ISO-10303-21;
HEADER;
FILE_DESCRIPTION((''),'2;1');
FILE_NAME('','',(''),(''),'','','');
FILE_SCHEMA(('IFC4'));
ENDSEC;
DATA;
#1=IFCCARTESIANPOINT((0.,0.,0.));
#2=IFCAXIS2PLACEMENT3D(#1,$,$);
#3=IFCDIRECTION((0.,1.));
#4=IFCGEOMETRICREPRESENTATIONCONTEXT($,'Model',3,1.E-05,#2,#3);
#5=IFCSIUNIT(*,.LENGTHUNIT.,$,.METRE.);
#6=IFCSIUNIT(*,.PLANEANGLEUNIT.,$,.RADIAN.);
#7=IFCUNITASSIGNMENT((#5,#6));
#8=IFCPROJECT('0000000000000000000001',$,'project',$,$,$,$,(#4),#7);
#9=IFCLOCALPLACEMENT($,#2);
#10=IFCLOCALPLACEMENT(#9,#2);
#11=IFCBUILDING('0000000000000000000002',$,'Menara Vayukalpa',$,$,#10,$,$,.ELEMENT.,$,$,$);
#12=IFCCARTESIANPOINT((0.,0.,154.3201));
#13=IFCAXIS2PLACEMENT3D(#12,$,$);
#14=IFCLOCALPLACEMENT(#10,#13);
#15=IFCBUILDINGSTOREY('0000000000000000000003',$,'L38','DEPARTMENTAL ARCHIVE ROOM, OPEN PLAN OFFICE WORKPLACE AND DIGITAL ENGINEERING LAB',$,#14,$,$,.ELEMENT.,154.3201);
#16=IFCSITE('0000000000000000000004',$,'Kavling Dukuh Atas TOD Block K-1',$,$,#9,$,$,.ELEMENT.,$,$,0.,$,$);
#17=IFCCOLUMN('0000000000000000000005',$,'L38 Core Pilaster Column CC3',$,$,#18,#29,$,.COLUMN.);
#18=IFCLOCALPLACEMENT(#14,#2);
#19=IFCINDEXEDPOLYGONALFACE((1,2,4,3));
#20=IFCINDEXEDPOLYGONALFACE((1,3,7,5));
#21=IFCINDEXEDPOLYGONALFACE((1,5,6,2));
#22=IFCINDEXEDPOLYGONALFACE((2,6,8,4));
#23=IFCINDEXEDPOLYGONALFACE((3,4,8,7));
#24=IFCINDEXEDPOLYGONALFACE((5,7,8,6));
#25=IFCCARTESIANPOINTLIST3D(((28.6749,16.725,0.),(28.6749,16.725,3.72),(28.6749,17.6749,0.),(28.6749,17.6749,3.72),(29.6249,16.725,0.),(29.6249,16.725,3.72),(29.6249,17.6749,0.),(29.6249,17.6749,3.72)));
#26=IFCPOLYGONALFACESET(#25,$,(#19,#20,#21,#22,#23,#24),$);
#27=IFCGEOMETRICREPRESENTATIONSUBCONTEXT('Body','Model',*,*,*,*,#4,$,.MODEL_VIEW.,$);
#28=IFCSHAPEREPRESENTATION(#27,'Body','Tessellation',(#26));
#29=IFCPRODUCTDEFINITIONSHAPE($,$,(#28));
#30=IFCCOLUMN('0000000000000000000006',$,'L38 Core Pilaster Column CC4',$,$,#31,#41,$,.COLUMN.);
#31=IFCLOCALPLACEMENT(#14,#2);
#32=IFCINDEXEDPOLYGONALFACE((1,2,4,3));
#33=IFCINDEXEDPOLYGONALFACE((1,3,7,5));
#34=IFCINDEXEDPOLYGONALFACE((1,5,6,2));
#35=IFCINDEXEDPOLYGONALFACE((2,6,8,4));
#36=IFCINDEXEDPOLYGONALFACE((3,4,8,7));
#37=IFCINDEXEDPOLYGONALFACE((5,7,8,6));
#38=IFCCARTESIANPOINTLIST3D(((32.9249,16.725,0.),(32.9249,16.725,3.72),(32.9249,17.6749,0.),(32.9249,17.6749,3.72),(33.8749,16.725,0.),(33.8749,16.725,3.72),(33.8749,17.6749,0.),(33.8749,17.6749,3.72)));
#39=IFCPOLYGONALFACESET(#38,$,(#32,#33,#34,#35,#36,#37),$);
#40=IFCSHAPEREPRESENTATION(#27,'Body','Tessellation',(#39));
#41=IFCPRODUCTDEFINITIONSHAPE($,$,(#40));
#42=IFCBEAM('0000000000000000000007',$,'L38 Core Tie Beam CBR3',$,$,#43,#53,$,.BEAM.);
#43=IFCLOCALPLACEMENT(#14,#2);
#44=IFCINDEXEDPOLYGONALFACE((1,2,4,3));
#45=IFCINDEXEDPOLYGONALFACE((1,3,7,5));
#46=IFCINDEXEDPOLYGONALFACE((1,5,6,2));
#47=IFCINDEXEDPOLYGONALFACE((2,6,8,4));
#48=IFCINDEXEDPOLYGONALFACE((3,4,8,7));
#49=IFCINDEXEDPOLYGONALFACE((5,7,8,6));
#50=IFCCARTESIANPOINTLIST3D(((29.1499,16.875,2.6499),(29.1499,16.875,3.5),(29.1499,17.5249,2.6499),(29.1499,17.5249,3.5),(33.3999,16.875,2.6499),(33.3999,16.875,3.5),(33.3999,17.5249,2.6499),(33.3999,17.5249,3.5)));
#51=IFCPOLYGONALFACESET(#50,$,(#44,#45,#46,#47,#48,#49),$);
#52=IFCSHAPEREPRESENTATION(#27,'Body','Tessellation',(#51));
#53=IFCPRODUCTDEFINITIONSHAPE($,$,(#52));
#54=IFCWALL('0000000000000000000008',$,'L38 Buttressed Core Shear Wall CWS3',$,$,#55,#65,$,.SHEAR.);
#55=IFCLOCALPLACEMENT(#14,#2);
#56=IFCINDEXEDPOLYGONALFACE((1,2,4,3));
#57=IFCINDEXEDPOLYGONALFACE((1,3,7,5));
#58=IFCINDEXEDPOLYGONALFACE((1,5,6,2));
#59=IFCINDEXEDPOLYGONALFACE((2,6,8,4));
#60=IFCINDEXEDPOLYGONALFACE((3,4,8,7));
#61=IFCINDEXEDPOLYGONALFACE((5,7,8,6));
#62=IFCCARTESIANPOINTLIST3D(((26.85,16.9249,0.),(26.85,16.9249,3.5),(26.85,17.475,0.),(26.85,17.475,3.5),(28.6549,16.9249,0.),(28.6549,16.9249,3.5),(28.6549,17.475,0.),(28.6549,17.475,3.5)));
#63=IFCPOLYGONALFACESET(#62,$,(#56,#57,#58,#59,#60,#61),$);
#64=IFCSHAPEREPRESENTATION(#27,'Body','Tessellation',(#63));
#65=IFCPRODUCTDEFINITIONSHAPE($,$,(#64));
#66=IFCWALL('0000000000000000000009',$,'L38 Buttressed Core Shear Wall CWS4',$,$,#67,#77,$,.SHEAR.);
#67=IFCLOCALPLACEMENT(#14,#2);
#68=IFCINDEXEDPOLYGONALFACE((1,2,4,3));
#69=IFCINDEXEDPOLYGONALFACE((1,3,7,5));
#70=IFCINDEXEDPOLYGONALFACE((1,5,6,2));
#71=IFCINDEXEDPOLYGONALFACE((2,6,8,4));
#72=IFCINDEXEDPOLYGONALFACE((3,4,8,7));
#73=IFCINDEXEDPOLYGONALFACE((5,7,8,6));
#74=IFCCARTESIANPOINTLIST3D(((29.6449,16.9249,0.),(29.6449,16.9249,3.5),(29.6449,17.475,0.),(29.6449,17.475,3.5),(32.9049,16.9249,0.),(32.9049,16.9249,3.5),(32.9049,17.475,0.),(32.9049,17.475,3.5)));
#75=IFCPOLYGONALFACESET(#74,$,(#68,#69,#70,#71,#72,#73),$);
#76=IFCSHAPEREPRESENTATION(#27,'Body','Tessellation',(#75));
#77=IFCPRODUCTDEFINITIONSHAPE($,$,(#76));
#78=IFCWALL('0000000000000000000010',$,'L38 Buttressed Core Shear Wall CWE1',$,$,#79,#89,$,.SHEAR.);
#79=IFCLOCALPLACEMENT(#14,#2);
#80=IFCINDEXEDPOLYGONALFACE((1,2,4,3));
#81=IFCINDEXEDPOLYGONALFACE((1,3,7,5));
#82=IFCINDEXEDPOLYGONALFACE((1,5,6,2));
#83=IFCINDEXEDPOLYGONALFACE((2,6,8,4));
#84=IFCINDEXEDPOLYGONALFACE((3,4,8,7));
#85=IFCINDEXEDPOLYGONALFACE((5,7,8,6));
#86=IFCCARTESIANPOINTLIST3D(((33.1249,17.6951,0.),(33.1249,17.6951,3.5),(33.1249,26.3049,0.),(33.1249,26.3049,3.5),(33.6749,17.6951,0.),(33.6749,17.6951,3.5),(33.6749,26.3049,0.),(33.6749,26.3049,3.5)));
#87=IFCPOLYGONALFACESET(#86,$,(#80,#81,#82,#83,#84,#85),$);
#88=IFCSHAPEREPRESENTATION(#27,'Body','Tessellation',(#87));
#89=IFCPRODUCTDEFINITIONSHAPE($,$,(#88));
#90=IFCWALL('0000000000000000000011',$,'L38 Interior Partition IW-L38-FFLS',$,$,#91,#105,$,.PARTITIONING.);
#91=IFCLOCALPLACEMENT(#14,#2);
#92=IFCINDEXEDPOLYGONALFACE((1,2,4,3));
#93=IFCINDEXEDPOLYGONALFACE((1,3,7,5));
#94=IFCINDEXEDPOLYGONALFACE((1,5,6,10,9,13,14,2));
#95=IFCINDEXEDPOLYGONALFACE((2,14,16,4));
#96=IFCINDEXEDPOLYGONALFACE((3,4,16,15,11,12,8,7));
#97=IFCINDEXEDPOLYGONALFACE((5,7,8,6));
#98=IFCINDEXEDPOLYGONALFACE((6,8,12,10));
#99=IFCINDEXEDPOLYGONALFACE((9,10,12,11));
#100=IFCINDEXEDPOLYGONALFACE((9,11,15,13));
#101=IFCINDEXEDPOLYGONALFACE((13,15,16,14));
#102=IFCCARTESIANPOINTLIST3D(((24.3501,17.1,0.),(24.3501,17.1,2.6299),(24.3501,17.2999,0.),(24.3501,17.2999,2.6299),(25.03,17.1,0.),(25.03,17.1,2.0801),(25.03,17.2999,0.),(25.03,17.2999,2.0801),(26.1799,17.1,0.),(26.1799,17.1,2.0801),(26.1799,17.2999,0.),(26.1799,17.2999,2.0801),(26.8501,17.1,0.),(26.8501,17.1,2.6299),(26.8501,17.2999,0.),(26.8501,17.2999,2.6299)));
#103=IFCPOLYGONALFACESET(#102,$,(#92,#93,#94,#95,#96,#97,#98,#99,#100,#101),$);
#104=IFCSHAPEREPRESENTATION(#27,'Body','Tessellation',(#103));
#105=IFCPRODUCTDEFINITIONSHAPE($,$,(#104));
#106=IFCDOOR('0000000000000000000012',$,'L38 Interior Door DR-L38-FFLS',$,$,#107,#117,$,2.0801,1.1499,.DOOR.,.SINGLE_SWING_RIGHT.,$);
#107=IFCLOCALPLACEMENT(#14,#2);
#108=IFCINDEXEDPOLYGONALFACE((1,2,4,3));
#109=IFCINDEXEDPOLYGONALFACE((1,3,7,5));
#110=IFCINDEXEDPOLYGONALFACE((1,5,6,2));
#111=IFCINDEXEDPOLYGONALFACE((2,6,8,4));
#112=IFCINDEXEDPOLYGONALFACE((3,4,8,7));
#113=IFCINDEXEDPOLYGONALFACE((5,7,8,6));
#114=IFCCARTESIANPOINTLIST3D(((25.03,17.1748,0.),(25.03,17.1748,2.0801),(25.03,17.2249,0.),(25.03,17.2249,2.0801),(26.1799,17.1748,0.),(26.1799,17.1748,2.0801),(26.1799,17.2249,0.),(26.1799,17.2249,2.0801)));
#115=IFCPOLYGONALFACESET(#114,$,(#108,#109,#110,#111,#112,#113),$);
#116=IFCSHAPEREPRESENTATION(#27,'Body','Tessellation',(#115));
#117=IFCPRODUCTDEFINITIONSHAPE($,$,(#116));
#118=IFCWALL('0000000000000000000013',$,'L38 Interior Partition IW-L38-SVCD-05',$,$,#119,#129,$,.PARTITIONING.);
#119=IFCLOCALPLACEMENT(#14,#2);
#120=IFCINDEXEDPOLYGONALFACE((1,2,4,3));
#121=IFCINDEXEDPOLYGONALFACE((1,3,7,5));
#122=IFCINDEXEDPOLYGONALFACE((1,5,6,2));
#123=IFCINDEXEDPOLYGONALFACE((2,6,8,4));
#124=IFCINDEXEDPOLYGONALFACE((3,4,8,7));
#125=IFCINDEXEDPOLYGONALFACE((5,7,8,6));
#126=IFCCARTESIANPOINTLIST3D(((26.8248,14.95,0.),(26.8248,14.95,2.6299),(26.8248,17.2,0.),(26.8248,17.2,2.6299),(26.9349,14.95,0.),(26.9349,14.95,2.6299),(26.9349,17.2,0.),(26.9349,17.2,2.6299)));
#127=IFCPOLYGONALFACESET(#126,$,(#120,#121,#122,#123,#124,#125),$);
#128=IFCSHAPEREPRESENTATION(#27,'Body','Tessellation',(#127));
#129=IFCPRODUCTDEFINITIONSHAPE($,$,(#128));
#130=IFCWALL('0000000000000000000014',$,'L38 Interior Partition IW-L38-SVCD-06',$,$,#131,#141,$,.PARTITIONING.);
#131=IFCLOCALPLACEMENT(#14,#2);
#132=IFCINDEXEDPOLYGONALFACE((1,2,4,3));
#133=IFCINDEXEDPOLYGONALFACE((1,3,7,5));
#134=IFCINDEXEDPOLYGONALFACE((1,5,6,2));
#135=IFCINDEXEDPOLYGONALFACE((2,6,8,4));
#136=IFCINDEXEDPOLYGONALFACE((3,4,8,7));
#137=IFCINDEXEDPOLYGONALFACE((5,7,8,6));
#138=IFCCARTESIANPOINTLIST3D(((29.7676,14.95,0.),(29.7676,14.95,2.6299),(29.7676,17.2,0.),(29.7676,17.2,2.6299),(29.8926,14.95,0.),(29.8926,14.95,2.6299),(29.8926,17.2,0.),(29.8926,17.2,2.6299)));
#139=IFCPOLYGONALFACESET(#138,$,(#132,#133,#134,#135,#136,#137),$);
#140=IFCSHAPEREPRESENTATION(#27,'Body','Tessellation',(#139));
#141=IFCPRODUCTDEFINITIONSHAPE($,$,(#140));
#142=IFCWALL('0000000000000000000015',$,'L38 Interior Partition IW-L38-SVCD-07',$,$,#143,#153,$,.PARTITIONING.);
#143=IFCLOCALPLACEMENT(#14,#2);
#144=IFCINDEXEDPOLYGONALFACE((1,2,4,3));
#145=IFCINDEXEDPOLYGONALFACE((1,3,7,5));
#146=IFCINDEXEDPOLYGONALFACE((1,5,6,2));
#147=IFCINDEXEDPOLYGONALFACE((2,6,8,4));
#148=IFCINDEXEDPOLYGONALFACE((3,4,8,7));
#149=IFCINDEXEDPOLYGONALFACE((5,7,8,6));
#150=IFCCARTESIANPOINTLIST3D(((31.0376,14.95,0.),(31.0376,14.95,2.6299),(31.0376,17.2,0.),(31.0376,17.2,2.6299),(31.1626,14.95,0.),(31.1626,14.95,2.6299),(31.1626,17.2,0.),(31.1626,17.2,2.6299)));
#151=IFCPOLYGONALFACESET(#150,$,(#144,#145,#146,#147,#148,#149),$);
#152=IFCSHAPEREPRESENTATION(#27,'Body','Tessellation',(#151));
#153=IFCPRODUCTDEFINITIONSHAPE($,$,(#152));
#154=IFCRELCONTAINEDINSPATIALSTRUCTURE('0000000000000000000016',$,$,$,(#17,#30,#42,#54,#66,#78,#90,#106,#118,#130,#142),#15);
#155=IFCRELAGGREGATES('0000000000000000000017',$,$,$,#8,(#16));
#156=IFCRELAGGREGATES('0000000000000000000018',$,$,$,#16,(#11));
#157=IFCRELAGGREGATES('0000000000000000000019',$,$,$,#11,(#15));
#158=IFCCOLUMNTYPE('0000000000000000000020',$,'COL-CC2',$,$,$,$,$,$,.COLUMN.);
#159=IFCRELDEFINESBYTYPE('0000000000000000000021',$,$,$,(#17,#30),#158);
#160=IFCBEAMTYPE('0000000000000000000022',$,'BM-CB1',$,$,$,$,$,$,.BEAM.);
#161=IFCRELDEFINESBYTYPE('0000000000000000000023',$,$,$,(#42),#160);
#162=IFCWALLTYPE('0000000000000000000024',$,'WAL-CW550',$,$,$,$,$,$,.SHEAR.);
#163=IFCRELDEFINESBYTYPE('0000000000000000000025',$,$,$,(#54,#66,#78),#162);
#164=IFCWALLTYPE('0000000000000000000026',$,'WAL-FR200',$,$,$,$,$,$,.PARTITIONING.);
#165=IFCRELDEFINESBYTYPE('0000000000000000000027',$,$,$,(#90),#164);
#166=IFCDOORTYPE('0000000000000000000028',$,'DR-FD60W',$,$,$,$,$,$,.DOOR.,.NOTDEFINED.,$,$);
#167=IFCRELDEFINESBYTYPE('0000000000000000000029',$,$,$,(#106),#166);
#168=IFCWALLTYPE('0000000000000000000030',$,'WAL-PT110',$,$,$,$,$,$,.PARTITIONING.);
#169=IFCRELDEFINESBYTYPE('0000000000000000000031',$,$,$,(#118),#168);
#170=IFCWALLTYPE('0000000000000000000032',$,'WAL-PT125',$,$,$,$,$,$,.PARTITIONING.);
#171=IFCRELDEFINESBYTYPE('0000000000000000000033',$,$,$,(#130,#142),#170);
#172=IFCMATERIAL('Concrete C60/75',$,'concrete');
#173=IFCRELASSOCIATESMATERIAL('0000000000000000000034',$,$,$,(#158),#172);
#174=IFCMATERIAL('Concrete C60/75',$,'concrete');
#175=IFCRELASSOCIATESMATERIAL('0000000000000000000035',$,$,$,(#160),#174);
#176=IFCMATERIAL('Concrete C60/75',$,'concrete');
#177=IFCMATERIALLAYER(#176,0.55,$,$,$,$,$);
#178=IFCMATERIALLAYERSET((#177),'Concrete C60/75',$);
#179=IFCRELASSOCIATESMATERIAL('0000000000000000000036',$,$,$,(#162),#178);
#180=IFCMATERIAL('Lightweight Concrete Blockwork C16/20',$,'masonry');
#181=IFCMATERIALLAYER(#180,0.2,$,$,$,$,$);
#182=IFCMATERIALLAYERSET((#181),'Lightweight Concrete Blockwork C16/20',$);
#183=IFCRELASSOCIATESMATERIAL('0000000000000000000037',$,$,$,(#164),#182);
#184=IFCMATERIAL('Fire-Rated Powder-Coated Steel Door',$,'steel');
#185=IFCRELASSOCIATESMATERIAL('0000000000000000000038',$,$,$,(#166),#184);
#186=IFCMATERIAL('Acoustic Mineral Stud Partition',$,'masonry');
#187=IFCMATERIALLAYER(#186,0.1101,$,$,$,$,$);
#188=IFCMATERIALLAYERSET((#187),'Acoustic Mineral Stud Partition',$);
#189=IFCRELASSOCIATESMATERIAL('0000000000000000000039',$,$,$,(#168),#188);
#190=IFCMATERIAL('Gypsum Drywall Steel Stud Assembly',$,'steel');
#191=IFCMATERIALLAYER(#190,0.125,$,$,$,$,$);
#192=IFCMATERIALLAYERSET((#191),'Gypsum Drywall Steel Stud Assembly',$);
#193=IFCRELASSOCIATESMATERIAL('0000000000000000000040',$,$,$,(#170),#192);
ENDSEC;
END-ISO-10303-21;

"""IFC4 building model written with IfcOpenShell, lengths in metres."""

from ifc_helpers import new_model, si_unit, direction, frame, frame_2d, origin, origin_2d, place, context, subcontext, project, spatial, rectangle, extrude, material, layer, layer_set, material_profile, profile_set, type_object, element, fill, save


model = new_model("IFC4")

# Units and contexts
model_context = context("Model", 3, precision=1e-05, world=origin(), true_north=direction((0.0, 1.0)))
body_context = subcontext(model_context, "Body", "Model", "MODEL_VIEW")
ifc_project = project(units=[si_unit("LENGTHUNIT", "METRE"), si_unit("PLANEANGLEUNIT", "RADIAN")], contexts=[model_context])

# Site, building, storey
site_placement = place(None, origin())
site = spatial("IfcSite", under=ifc_project, at=site_placement, Name="Kavling Dukuh Atas TOD Block K-1", CompositionType="ELEMENT", RefElevation=0.0)
building_placement = place(site_placement, origin())
building = spatial("IfcBuilding", under=site, at=building_placement, Name="Menara Vayukalpa", CompositionType="ELEMENT")
storey_placement = place(building_placement, frame((0.0, 0.0, 154.3201)))
storey = spatial("IfcBuildingStorey", under=building, at=storey_placement, Name="L38", Description="DEPARTMENTAL ARCHIVE ROOM, OPEN PLAN OFFICE WORKPLACE AND DIGITAL ENGINEERING LAB", CompositionType="ELEMENT", Elevation=154.3201)

# Columns
ifc_material_1 = material(Name="Concrete C60/75", Category="concrete")
ifc_material_profile_1 = material_profile(ifc_material_1, rectangle(XDim=0.95, YDim=0.95, at=origin_2d()), Name="RC 950x950")
ifc_profile_set_1 = profile_set([ifc_material_profile_1], Name="Concrete C60/75")
column_type = type_object("IfcColumnType", Name="COL-CC2", PredefinedType="COLUMN", material=ifc_profile_set_1)
for number, where, z_axis, x_axis, name in (
    (1, (29.1499, 17.2, 0.0), (0.0, 0.0, 1.0), (1.0, 0.0, 0.0), "L38 Core Pilaster Column CC3"),
    (2, (33.3999, 17.2, 0.0), (0.0, 0.0, 1.0), (1.0, 0.0, 0.0), "L38 Core Pilaster Column CC4"),
):
    element("IfcColumn", number, at=place(storey_placement, frame(where, z_axis=z_axis, x_axis=x_axis)), inside=storey, type_object=column_type, Name=name, PredefinedType="COLUMN", context=body_context, shape_type="SweptSolid", body=[
        extrude(rectangle(XDim=0.95, YDim=0.95, at=origin_2d()), origin(), (0.0, 0.0, 1.0), 3.72),
    ])

# Beam
ifc_material_2 = material(Name="Concrete C60/75", Category="concrete")
ifc_material_profile_2 = material_profile(ifc_material_2, rectangle(XDim=0.6499, YDim=0.8501, at=origin_2d()), Name="RC 650x850")
ifc_profile_set_2 = profile_set([ifc_material_profile_2], Name="Concrete C60/75")
beam_type = type_object("IfcBeamType", Name="BM-CB1", PredefinedType="BEAM", material=ifc_profile_set_2)
beam_placement = place(storey_placement, frame((29.1499, 17.2, 3.075), z_axis=(1.0, 0.0, 0.0), x_axis=(0.0, 1.0, 0.0)))
element("IfcBeam", 3, at=beam_placement, inside=storey, type_object=beam_type, Name="L38 Core Tie Beam CBR3", PredefinedType="BEAM", context=body_context, shape_type="SweptSolid", body=[
    extrude(rectangle(XDim=0.6499, YDim=0.8501, at=origin_2d()), origin(), (0.0, 0.0, 1.0), 4.25),
])

# Walls
ifc_material_3 = material(Name="Concrete C60/75", Category="concrete")
ifc_layer_1 = layer(ifc_material_3, 0.55)
ifc_layer_set_1 = layer_set([ifc_layer_1], Name="Concrete C60/75")
wall_type_1 = type_object("IfcWallType", Name="WAL-CW550", PredefinedType="SHEAR", material=ifc_layer_set_1)
wall_1_placement = place(storey_placement, frame((26.8501, 17.2, 0.0), z_axis=(0.0, 0.0, 1.0), x_axis=(1.0, 0.0, 0.0)))
element("IfcWall", 4, at=wall_1_placement, inside=storey, type_object=wall_type_1, Name="L38 Buttressed Core Shear Wall CWS3", PredefinedType="SHEAR", context=body_context, shape_type="SweptSolid", body=[
    extrude(rectangle(XDim=1.8049, YDim=0.55, at=frame_2d((0.9023, 0.0))), origin(), (0.0, 0.0, 1.0), 3.5),
])
wall_2_placement = place(storey_placement, frame((29.645, 17.2, 0.0), z_axis=(0.0, 0.0, 1.0), x_axis=(1.0, 0.0, 0.0)))
element("IfcWall", 5, at=wall_2_placement, inside=storey, type_object=wall_type_1, Name="L38 Buttressed Core Shear Wall CWS4", PredefinedType="SHEAR", context=body_context, shape_type="SweptSolid", body=[
    extrude(rectangle(XDim=3.26, YDim=0.55, at=frame_2d((1.6299, 0.0))), origin(), (0.0, 0.0, 1.0), 3.5),
])
wall_3_placement = place(storey_placement, frame((33.3999, 17.6951, 0.0), z_axis=(0.0, 0.0, 1.0), x_axis=(0.0, 1.0, 0.0)))
element("IfcWall", 6, at=wall_3_placement, inside=storey, type_object=wall_type_1, Name="L38 Buttressed Core Shear Wall CWE1", PredefinedType="SHEAR", context=body_context, shape_type="SweptSolid", body=[
    extrude(rectangle(XDim=8.6099, YDim=0.55, at=frame_2d((4.3049, 0.0))), origin(), (0.0, 0.0, 1.0), 3.5),
])

# Wall, opening, door
ifc_material_4 = material(Name="Lightweight Concrete Blockwork C16/20", Category="masonry")
ifc_layer_2 = layer(ifc_material_4, 0.2)
ifc_layer_set_2 = layer_set([ifc_layer_2], Name="Lightweight Concrete Blockwork C16/20")
wall_type_2 = type_object("IfcWallType", Name="WAL-FR200", PredefinedType="PARTITIONING", material=ifc_layer_set_2)
wall_4_placement = place(storey_placement, frame((24.3501, 17.2, 0.0), z_axis=(0.0, 0.0, 1.0), x_axis=(1.0, 0.0, 0.0)))
wall_4 = element("IfcWall", 7, at=wall_4_placement, inside=storey, type_object=wall_type_2, Name="L38 Interior Partition IW-L38-FFLS", PredefinedType="PARTITIONING", context=body_context, shape_type="SweptSolid", body=[
    extrude(rectangle(XDim=2.5, YDim=0.2, at=frame_2d((1.25, 0.0))), origin(), (0.0, 0.0, 1.0), 2.6299),
])
opening_1_placement = place(wall_4_placement, frame((0.6799, 0.0, 0.0)))
opening_1 = element("IfcOpeningElement", 8, at=opening_1_placement, cuts=wall_4, PredefinedType="OPENING", context=body_context, shape_type="SweptSolid", body=[
    extrude(rectangle(XDim=1.1499, YDim=2.0801, at=frame_2d((0.575, 1.04))), frame((0.0, 0.1099, 0.0), z_axis=(0.0, -1.0, 0.0), x_axis=(1.0, 0.0, 0.0)), (0.0, 0.0, 1.0), 0.22),
])
ifc_material_5 = material(Name="Fire-Rated Powder-Coated Steel Door", Category="steel")
door_type_1 = type_object("IfcDoorType", Name="DR-FD60W", OperationType="NOTDEFINED", PredefinedType="DOOR", material=ifc_material_5)
door_1_placement = place(opening_1_placement, origin())
door_1 = element("IfcDoor", 9, at=door_1_placement, inside=storey, type_object=door_type_1, Name="L38 Interior Door DR-L38-FFLS", OperationType="SINGLE_SWING_RIGHT", OverallHeight=2.0801, OverallWidth=1.1499, PredefinedType="DOOR", context=body_context, shape_type="SweptSolid", body=[
    extrude(rectangle(XDim=1.1499, YDim=2.0801, at=frame_2d((0.575, 1.04))), frame((0.0, 0.0249, 0.0), z_axis=(0.0, -1.0, 0.0), x_axis=(1.0, 0.0, 0.0)), (0.0, 0.0, 1.0), 0.05),
])
fill(opening_1, door_1)

# Walls
ifc_material_6 = material(Name="Acoustic Mineral Stud Partition", Category="masonry")
ifc_layer_3 = layer(ifc_material_6, 0.1101)
ifc_layer_set_3 = layer_set([ifc_layer_3], Name="Acoustic Mineral Stud Partition")
wall_type_3 = type_object("IfcWallType", Name="WAL-PT110", PredefinedType="PARTITIONING", material=ifc_layer_set_3)
wall_5_placement = place(storey_placement, frame((26.8799, 14.95, 0.0), z_axis=(0.0, 0.0, 1.0), x_axis=(0.0, 1.0, 0.0)))
element("IfcWall", 10, at=wall_5_placement, inside=storey, type_object=wall_type_3, Name="L38 Interior Partition IW-L38-SVCD-05", PredefinedType="PARTITIONING", context=body_context, shape_type="SweptSolid", body=[
    extrude(rectangle(XDim=2.25, YDim=0.1101, at=frame_2d((1.125, 0.0))), origin(), (0.0, 0.0, 1.0), 2.6299),
])
ifc_material_7 = material(Name="Gypsum Drywall Steel Stud Assembly", Category="steel")
ifc_layer_4 = layer(ifc_material_7, 0.125)
ifc_layer_set_4 = layer_set([ifc_layer_4], Name="Gypsum Drywall Steel Stud Assembly")
wall_type_4 = type_object("IfcWallType", Name="WAL-PT125", PredefinedType="PARTITIONING", material=ifc_layer_set_4)
for number, where, z_axis, x_axis, name in (
    (11, (29.8301, 14.95, 0.0), (0.0, 0.0, 1.0), (0.0, 1.0, 0.0), "L38 Interior Partition IW-L38-SVCD-06"),
    (12, (31.1001, 14.95, 0.0), (0.0, 0.0, 1.0), (0.0, 1.0, 0.0), "L38 Interior Partition IW-L38-SVCD-07"),
):
    element("IfcWall", number, at=place(storey_placement, frame(where, z_axis=z_axis, x_axis=x_axis)), inside=storey, type_object=wall_type_4, Name=name, PredefinedType="PARTITIONING", context=body_context, shape_type="SweptSolid", body=[
        extrude(rectangle(XDim=2.25, YDim=0.125, at=frame_2d((1.125, 0.0))), origin(), (0.0, 0.0, 1.0), 2.6299),
    ])

save(model, "model.ifc")
